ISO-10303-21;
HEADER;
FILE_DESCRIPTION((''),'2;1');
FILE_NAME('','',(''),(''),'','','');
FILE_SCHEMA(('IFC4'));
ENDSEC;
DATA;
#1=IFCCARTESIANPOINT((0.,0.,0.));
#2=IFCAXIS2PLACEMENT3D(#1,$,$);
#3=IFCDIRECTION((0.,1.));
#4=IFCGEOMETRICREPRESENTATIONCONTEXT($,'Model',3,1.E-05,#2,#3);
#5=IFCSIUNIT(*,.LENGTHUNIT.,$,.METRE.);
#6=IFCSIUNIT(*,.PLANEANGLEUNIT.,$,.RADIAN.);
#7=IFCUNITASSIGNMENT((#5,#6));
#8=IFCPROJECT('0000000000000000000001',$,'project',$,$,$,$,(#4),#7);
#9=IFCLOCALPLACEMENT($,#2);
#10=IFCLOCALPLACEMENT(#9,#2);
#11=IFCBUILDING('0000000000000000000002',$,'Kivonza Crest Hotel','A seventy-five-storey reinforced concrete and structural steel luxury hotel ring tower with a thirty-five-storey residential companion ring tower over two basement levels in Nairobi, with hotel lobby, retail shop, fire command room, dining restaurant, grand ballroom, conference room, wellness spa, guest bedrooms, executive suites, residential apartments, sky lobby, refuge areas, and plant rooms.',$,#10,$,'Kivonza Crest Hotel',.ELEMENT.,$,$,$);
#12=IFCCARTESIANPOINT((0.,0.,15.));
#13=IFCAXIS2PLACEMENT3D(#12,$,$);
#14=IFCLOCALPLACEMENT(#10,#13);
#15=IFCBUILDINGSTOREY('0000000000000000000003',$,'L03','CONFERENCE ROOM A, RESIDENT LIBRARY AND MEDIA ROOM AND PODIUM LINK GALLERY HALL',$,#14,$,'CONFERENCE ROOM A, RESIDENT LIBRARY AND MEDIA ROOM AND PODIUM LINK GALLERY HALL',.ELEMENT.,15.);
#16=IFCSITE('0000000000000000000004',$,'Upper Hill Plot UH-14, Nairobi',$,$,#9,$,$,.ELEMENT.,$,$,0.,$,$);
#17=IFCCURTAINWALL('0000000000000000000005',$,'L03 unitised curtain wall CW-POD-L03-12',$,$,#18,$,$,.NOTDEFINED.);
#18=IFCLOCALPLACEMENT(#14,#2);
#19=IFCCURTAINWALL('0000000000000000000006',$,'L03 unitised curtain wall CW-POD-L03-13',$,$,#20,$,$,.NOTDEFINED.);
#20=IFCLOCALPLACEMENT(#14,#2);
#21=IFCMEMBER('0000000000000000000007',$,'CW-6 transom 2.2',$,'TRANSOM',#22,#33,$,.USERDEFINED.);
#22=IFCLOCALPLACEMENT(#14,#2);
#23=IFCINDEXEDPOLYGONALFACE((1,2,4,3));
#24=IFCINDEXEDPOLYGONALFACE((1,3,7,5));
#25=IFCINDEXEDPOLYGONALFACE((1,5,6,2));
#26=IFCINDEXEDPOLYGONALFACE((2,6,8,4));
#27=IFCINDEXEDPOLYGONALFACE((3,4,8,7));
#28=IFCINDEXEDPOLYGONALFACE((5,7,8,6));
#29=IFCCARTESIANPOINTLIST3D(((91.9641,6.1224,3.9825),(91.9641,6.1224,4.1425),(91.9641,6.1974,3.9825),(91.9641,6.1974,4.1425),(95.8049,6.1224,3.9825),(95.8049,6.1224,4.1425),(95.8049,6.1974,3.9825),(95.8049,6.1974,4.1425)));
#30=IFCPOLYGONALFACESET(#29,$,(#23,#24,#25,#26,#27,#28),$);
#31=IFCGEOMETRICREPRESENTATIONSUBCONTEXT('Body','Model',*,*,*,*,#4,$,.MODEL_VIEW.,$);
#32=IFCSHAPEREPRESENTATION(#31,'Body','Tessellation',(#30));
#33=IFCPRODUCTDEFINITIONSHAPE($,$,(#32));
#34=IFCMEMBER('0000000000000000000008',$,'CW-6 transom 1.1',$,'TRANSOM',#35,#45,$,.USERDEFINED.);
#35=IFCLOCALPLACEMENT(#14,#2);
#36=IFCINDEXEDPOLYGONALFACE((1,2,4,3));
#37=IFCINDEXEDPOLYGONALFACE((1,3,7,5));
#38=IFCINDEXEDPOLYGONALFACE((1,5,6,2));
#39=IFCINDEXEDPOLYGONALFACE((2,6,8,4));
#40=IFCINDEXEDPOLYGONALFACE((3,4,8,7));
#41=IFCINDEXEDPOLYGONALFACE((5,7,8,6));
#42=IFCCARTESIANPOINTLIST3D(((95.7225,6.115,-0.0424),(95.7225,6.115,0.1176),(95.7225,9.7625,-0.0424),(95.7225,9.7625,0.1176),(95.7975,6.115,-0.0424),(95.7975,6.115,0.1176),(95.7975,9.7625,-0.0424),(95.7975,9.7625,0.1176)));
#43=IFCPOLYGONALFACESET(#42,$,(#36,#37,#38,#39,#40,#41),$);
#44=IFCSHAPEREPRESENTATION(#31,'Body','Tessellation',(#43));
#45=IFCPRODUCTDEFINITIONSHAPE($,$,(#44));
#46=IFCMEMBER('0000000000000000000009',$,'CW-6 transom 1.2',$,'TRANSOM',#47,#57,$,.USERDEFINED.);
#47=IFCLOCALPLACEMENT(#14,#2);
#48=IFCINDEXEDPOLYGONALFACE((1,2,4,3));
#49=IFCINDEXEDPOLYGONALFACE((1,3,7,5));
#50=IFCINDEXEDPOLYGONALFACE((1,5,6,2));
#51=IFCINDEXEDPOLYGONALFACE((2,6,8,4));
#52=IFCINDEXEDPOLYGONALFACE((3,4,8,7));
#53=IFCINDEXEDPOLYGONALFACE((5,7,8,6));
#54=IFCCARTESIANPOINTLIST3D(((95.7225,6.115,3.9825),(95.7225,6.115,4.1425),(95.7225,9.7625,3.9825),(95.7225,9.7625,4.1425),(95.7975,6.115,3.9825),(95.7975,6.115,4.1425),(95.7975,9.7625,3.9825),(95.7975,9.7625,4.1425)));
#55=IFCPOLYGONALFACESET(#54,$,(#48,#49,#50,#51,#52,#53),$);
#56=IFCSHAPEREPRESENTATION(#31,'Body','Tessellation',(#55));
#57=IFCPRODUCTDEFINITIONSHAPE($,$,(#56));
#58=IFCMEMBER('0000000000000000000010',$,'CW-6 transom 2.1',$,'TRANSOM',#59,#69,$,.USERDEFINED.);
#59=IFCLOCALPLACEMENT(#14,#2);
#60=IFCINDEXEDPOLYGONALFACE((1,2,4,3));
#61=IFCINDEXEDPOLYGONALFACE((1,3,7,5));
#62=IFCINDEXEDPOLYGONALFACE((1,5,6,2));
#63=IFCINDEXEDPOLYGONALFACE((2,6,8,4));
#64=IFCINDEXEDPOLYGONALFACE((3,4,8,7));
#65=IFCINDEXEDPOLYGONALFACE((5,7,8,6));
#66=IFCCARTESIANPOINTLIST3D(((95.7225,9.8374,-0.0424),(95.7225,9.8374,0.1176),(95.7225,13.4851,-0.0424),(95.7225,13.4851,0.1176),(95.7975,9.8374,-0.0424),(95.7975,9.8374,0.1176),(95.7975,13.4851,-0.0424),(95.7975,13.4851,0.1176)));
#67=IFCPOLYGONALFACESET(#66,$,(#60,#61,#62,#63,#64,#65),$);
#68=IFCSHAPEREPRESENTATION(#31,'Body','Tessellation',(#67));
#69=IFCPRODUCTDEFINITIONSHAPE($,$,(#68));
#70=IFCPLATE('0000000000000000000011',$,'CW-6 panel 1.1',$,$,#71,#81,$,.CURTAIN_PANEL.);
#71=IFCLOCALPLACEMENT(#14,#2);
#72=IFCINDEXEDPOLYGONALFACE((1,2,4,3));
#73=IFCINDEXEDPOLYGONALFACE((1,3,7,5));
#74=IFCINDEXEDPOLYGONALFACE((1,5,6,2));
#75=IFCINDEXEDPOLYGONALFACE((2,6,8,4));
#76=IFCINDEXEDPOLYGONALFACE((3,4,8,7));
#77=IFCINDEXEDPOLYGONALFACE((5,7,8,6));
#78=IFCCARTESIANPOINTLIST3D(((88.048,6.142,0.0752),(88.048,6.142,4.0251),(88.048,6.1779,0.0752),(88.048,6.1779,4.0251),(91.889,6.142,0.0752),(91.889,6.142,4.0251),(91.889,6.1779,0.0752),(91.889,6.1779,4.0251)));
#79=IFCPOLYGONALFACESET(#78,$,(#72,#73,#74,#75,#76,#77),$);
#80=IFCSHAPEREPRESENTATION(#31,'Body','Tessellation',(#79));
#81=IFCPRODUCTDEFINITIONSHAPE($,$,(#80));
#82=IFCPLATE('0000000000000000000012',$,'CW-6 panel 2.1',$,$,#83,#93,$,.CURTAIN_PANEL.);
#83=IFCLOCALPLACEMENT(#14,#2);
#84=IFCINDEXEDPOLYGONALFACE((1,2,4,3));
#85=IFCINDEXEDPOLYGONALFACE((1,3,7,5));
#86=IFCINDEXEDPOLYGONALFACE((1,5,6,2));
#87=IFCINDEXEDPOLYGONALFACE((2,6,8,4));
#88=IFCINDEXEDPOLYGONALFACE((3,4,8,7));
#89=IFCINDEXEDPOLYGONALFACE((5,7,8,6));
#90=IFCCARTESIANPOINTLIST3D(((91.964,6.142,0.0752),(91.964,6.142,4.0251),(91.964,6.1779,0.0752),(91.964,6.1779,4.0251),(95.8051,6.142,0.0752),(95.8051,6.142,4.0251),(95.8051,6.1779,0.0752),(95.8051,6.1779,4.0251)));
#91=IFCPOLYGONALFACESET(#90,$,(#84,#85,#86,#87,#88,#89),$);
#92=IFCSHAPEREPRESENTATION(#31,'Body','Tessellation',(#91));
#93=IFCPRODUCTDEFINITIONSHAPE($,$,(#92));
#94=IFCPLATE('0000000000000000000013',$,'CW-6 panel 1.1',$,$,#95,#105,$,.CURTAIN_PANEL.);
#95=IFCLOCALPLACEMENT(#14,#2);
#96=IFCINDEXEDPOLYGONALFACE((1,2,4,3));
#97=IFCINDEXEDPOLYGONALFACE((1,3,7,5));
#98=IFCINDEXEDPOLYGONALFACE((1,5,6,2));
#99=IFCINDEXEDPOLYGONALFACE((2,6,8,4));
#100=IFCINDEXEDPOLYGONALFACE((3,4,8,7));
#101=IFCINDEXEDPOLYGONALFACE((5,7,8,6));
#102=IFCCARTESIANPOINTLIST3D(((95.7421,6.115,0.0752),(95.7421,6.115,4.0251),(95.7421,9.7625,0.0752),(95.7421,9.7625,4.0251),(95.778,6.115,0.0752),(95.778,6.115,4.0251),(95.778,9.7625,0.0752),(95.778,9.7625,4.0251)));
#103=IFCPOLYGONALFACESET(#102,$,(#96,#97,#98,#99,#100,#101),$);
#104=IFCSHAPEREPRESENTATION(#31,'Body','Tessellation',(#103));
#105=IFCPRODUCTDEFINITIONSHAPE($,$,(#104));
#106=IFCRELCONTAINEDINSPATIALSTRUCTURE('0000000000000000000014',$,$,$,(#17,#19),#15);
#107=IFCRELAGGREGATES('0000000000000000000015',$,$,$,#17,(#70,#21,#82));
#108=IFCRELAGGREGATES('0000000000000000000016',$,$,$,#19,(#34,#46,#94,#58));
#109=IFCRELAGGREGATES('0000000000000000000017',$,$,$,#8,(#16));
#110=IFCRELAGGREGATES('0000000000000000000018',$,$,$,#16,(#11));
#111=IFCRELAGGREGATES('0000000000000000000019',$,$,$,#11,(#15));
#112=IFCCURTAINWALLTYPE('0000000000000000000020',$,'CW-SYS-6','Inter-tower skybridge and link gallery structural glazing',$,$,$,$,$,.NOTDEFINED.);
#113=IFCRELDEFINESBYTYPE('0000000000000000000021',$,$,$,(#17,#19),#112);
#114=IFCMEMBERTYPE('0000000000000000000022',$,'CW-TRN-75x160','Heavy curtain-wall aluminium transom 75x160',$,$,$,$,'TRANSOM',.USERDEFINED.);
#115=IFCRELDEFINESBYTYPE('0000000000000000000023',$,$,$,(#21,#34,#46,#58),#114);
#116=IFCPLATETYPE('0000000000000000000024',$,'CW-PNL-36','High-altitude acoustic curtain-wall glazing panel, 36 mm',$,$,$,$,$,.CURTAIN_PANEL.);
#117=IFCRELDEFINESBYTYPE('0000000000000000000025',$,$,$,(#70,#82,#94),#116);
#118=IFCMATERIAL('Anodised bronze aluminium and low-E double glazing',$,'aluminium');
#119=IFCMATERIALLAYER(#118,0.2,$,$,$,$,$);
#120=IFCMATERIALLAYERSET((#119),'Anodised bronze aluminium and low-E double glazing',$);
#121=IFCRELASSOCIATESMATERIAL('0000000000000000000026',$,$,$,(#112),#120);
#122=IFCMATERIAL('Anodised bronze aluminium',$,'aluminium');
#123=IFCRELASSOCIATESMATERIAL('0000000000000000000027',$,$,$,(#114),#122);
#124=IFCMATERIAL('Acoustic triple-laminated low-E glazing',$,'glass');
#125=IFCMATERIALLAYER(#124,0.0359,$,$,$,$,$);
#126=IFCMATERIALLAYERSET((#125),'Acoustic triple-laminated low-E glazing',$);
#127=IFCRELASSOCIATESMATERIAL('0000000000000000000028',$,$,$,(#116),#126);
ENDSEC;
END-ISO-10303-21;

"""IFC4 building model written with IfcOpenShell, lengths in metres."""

from ifc_helpers import new_model, si_unit, direction, frame, origin, origin_2d, place, context, subcontext, project, spatial, rectangle, extrude, material, layer, layer_set, material_profile, profile_set, type_object, element, aggregate, save


model = new_model("IFC4")

# Units and contexts
model_context = context("Model", 3, precision=1e-05, world=origin(), true_north=direction((0.0, 1.0)))
body_context = subcontext(model_context, "Body", "Model", "MODEL_VIEW")
ifc_project = project(units=[si_unit("LENGTHUNIT", "METRE"), si_unit("PLANEANGLEUNIT", "RADIAN")], contexts=[model_context])

# Site, building, storey
site_placement = place(None, origin())
site = spatial("IfcSite", under=ifc_project, at=site_placement, Name="Upper Hill Plot UH-14, Nairobi", CompositionType="ELEMENT", RefElevation=0.0)
building_placement = place(site_placement, origin())
building = spatial("IfcBuilding", under=site, at=building_placement, Name="Kivonza Crest Hotel", Description="A seventy-five-storey reinforced concrete and structural steel luxury hotel ring tower with a thirty-five-storey residential companion ring tower over two basement levels in Nairobi, with hotel lobby, retail shop, fire command room, dining restaurant, grand ballroom, conference room, wellness spa, guest bedrooms, executive suites, residential apartments, sky lobby, refuge areas, and plant rooms.", LongName="Kivonza Crest Hotel", CompositionType="ELEMENT")
storey_placement = place(building_placement, frame((0.0, 0.0, 15.0)))
storey = spatial("IfcBuildingStorey", under=building, at=storey_placement, Name="L03", Description="CONFERENCE ROOM A, RESIDENT LIBRARY AND MEDIA ROOM AND PODIUM LINK GALLERY HALL", LongName="CONFERENCE ROOM A, RESIDENT LIBRARY AND MEDIA ROOM AND PODIUM LINK GALLERY HALL", CompositionType="ELEMENT", Elevation=15.0)

# Shared definitions
ifc_material_1 = material(Name="Anodised bronze aluminium and low-E double glazing", Category="aluminium")
ifc_layer_1 = layer(ifc_material_1, 0.2)
ifc_layer_set_1 = layer_set([ifc_layer_1], Name="Anodised bronze aluminium and low-E double glazing")
curtain_wall_type = type_object("IfcCurtainWallType", Name="CW-SYS-6", Description="Inter-tower skybridge and link gallery structural glazing", PredefinedType="NOTDEFINED", material=ifc_layer_set_1)
ifc_material_2 = material(Name="Anodised bronze aluminium", Category="aluminium")

# Curtain walls
curtain_wall_1_placement = place(storey_placement, origin())
curtain_wall_1 = element("IfcCurtainWall", 1, at=curtain_wall_1_placement, inside=storey, type_object=curtain_wall_type, Name="L03 unitised curtain wall CW-POD-L03-12", PredefinedType="NOTDEFINED")
curtain_wall_2_placement = place(storey_placement, origin())
curtain_wall_2 = element("IfcCurtainWall", 2, at=curtain_wall_2_placement, inside=storey, type_object=curtain_wall_type, Name="L03 unitised curtain wall CW-POD-L03-13", PredefinedType="NOTDEFINED")

# Members
ifc_material_profile_1 = material_profile(ifc_material_2, rectangle(XDim=0.075, YDim=0.1599, at=origin_2d()), Name="CW-T 75x160")
ifc_profile_set_1 = profile_set([ifc_material_profile_1], Name="Anodised bronze aluminium")
member_type_1 = type_object("IfcMemberType", Name="CW-TRN-75x160", Description="Heavy curtain-wall aluminium transom 75x160", ElementType="TRANSOM", PredefinedType="USERDEFINED", material=ifc_profile_set_1)
member_1_placement = place(storey_placement, frame((91.9641, 6.1599, 4.0625), z_axis=(1.0, 0.0, 0.0), x_axis=(0.0, 1.0, 0.0)))
member_1 = element("IfcMember", 3, at=member_1_placement, type_object=member_type_1, Name="CW-6 transom 2.2", ObjectType="TRANSOM", PredefinedType="USERDEFINED", context=body_context, shape_type="SweptSolid", body=[
    extrude(rectangle(XDim=0.075, YDim=0.1599, at=origin_2d()), origin(), (0.0, 0.0, 1.0), 3.8408),
])
member_2_placement = place(storey_placement, frame((95.76, 6.115, 0.0376), z_axis=(0.0, 1.0, 0.0), x_axis=(-1.0, 0.0, 0.0)))
member_2 = element("IfcMember", 4, at=member_2_placement, type_object=member_type_1, Name="CW-6 transom 1.1", ObjectType="TRANSOM", PredefinedType="USERDEFINED", context=body_context, shape_type="SweptSolid", body=[
    extrude(rectangle(XDim=0.075, YDim=0.1599, at=origin_2d()), origin(), (0.0, 0.0, 1.0), 3.6475),
])
member_3_placement = place(storey_placement, frame((95.76, 6.115, 4.0625), z_axis=(0.0, 1.0, 0.0), x_axis=(-1.0, 0.0, 0.0)))
member_3 = element("IfcMember", 5, at=member_3_placement, type_object=member_type_1, Name="CW-6 transom 1.2", ObjectType="TRANSOM", PredefinedType="USERDEFINED", context=body_context, shape_type="SweptSolid", body=[
    extrude(rectangle(XDim=0.075, YDim=0.1599, at=origin_2d()), origin(), (0.0, 0.0, 1.0), 3.6475),
])
member_4_placement = place(storey_placement, frame((95.76, 9.8374, 0.0376), z_axis=(0.0, 1.0, 0.0), x_axis=(-1.0, 0.0, 0.0)))
member_4 = element("IfcMember", 6, at=member_4_placement, type_object=member_type_1, Name="CW-6 transom 2.1", ObjectType="TRANSOM", PredefinedType="USERDEFINED", context=body_context, shape_type="SweptSolid", body=[
    extrude(rectangle(XDim=0.075, YDim=0.1599, at=origin_2d()), origin(), (0.0, 0.0, 1.0), 3.6477),
])

# Plates
ifc_material_3 = material(Name="Acoustic triple-laminated low-E glazing", Category="glass")
ifc_layer_2 = layer(ifc_material_3, 0.0359)
ifc_layer_set_2 = layer_set([ifc_layer_2], Name="Acoustic triple-laminated low-E glazing")
plate_type = type_object("IfcPlateType", Name="CW-PNL-36", Description="High-altitude acoustic curtain-wall glazing panel, 36 mm", PredefinedType="CURTAIN_PANEL", material=ifc_layer_set_2)
plate_1_placement = place(storey_placement, frame((89.9685, 6.1599, 0.0752), z_axis=(0.0, 0.0, 1.0), x_axis=(1.0, 0.0, 0.0)))
plate_1 = element("IfcPlate", 7, at=plate_1_placement, type_object=plate_type, Name="CW-6 panel 1.1", PredefinedType="CURTAIN_PANEL", context=body_context, shape_type="SweptSolid", body=[
    extrude(rectangle(XDim=3.8411, YDim=0.0359, at=origin_2d()), origin(), (0.0, 0.0, 1.0), 3.95),
])
plate_2_placement = place(storey_placement, frame((93.8845, 6.1599, 0.0752), z_axis=(0.0, 0.0, 1.0), x_axis=(1.0, 0.0, 0.0)))
plate_2 = element("IfcPlate", 8, at=plate_2_placement, type_object=plate_type, Name="CW-6 panel 2.1", PredefinedType="CURTAIN_PANEL", context=body_context, shape_type="SweptSolid", body=[
    extrude(rectangle(XDim=3.8411, YDim=0.0359, at=origin_2d()), origin(), (0.0, 0.0, 1.0), 3.95),
])
aggregate(curtain_wall_1, [plate_1, member_1, plate_2])
plate_3_placement = place(storey_placement, frame((95.76, 7.9387, 0.0752), z_axis=(0.0, 0.0, 1.0), x_axis=(0.0, 1.0, 0.0)))
plate_3 = element("IfcPlate", 9, at=plate_3_placement, type_object=plate_type, Name="CW-6 panel 1.1", PredefinedType="CURTAIN_PANEL", context=body_context, shape_type="SweptSolid", body=[
    extrude(rectangle(XDim=3.6475, YDim=0.0359, at=origin_2d()), origin(), (0.0, 0.0, 1.0), 3.95),
])
aggregate(curtain_wall_2, [member_2, member_3, plate_3, member_4])

save(model, "model.ifc")
